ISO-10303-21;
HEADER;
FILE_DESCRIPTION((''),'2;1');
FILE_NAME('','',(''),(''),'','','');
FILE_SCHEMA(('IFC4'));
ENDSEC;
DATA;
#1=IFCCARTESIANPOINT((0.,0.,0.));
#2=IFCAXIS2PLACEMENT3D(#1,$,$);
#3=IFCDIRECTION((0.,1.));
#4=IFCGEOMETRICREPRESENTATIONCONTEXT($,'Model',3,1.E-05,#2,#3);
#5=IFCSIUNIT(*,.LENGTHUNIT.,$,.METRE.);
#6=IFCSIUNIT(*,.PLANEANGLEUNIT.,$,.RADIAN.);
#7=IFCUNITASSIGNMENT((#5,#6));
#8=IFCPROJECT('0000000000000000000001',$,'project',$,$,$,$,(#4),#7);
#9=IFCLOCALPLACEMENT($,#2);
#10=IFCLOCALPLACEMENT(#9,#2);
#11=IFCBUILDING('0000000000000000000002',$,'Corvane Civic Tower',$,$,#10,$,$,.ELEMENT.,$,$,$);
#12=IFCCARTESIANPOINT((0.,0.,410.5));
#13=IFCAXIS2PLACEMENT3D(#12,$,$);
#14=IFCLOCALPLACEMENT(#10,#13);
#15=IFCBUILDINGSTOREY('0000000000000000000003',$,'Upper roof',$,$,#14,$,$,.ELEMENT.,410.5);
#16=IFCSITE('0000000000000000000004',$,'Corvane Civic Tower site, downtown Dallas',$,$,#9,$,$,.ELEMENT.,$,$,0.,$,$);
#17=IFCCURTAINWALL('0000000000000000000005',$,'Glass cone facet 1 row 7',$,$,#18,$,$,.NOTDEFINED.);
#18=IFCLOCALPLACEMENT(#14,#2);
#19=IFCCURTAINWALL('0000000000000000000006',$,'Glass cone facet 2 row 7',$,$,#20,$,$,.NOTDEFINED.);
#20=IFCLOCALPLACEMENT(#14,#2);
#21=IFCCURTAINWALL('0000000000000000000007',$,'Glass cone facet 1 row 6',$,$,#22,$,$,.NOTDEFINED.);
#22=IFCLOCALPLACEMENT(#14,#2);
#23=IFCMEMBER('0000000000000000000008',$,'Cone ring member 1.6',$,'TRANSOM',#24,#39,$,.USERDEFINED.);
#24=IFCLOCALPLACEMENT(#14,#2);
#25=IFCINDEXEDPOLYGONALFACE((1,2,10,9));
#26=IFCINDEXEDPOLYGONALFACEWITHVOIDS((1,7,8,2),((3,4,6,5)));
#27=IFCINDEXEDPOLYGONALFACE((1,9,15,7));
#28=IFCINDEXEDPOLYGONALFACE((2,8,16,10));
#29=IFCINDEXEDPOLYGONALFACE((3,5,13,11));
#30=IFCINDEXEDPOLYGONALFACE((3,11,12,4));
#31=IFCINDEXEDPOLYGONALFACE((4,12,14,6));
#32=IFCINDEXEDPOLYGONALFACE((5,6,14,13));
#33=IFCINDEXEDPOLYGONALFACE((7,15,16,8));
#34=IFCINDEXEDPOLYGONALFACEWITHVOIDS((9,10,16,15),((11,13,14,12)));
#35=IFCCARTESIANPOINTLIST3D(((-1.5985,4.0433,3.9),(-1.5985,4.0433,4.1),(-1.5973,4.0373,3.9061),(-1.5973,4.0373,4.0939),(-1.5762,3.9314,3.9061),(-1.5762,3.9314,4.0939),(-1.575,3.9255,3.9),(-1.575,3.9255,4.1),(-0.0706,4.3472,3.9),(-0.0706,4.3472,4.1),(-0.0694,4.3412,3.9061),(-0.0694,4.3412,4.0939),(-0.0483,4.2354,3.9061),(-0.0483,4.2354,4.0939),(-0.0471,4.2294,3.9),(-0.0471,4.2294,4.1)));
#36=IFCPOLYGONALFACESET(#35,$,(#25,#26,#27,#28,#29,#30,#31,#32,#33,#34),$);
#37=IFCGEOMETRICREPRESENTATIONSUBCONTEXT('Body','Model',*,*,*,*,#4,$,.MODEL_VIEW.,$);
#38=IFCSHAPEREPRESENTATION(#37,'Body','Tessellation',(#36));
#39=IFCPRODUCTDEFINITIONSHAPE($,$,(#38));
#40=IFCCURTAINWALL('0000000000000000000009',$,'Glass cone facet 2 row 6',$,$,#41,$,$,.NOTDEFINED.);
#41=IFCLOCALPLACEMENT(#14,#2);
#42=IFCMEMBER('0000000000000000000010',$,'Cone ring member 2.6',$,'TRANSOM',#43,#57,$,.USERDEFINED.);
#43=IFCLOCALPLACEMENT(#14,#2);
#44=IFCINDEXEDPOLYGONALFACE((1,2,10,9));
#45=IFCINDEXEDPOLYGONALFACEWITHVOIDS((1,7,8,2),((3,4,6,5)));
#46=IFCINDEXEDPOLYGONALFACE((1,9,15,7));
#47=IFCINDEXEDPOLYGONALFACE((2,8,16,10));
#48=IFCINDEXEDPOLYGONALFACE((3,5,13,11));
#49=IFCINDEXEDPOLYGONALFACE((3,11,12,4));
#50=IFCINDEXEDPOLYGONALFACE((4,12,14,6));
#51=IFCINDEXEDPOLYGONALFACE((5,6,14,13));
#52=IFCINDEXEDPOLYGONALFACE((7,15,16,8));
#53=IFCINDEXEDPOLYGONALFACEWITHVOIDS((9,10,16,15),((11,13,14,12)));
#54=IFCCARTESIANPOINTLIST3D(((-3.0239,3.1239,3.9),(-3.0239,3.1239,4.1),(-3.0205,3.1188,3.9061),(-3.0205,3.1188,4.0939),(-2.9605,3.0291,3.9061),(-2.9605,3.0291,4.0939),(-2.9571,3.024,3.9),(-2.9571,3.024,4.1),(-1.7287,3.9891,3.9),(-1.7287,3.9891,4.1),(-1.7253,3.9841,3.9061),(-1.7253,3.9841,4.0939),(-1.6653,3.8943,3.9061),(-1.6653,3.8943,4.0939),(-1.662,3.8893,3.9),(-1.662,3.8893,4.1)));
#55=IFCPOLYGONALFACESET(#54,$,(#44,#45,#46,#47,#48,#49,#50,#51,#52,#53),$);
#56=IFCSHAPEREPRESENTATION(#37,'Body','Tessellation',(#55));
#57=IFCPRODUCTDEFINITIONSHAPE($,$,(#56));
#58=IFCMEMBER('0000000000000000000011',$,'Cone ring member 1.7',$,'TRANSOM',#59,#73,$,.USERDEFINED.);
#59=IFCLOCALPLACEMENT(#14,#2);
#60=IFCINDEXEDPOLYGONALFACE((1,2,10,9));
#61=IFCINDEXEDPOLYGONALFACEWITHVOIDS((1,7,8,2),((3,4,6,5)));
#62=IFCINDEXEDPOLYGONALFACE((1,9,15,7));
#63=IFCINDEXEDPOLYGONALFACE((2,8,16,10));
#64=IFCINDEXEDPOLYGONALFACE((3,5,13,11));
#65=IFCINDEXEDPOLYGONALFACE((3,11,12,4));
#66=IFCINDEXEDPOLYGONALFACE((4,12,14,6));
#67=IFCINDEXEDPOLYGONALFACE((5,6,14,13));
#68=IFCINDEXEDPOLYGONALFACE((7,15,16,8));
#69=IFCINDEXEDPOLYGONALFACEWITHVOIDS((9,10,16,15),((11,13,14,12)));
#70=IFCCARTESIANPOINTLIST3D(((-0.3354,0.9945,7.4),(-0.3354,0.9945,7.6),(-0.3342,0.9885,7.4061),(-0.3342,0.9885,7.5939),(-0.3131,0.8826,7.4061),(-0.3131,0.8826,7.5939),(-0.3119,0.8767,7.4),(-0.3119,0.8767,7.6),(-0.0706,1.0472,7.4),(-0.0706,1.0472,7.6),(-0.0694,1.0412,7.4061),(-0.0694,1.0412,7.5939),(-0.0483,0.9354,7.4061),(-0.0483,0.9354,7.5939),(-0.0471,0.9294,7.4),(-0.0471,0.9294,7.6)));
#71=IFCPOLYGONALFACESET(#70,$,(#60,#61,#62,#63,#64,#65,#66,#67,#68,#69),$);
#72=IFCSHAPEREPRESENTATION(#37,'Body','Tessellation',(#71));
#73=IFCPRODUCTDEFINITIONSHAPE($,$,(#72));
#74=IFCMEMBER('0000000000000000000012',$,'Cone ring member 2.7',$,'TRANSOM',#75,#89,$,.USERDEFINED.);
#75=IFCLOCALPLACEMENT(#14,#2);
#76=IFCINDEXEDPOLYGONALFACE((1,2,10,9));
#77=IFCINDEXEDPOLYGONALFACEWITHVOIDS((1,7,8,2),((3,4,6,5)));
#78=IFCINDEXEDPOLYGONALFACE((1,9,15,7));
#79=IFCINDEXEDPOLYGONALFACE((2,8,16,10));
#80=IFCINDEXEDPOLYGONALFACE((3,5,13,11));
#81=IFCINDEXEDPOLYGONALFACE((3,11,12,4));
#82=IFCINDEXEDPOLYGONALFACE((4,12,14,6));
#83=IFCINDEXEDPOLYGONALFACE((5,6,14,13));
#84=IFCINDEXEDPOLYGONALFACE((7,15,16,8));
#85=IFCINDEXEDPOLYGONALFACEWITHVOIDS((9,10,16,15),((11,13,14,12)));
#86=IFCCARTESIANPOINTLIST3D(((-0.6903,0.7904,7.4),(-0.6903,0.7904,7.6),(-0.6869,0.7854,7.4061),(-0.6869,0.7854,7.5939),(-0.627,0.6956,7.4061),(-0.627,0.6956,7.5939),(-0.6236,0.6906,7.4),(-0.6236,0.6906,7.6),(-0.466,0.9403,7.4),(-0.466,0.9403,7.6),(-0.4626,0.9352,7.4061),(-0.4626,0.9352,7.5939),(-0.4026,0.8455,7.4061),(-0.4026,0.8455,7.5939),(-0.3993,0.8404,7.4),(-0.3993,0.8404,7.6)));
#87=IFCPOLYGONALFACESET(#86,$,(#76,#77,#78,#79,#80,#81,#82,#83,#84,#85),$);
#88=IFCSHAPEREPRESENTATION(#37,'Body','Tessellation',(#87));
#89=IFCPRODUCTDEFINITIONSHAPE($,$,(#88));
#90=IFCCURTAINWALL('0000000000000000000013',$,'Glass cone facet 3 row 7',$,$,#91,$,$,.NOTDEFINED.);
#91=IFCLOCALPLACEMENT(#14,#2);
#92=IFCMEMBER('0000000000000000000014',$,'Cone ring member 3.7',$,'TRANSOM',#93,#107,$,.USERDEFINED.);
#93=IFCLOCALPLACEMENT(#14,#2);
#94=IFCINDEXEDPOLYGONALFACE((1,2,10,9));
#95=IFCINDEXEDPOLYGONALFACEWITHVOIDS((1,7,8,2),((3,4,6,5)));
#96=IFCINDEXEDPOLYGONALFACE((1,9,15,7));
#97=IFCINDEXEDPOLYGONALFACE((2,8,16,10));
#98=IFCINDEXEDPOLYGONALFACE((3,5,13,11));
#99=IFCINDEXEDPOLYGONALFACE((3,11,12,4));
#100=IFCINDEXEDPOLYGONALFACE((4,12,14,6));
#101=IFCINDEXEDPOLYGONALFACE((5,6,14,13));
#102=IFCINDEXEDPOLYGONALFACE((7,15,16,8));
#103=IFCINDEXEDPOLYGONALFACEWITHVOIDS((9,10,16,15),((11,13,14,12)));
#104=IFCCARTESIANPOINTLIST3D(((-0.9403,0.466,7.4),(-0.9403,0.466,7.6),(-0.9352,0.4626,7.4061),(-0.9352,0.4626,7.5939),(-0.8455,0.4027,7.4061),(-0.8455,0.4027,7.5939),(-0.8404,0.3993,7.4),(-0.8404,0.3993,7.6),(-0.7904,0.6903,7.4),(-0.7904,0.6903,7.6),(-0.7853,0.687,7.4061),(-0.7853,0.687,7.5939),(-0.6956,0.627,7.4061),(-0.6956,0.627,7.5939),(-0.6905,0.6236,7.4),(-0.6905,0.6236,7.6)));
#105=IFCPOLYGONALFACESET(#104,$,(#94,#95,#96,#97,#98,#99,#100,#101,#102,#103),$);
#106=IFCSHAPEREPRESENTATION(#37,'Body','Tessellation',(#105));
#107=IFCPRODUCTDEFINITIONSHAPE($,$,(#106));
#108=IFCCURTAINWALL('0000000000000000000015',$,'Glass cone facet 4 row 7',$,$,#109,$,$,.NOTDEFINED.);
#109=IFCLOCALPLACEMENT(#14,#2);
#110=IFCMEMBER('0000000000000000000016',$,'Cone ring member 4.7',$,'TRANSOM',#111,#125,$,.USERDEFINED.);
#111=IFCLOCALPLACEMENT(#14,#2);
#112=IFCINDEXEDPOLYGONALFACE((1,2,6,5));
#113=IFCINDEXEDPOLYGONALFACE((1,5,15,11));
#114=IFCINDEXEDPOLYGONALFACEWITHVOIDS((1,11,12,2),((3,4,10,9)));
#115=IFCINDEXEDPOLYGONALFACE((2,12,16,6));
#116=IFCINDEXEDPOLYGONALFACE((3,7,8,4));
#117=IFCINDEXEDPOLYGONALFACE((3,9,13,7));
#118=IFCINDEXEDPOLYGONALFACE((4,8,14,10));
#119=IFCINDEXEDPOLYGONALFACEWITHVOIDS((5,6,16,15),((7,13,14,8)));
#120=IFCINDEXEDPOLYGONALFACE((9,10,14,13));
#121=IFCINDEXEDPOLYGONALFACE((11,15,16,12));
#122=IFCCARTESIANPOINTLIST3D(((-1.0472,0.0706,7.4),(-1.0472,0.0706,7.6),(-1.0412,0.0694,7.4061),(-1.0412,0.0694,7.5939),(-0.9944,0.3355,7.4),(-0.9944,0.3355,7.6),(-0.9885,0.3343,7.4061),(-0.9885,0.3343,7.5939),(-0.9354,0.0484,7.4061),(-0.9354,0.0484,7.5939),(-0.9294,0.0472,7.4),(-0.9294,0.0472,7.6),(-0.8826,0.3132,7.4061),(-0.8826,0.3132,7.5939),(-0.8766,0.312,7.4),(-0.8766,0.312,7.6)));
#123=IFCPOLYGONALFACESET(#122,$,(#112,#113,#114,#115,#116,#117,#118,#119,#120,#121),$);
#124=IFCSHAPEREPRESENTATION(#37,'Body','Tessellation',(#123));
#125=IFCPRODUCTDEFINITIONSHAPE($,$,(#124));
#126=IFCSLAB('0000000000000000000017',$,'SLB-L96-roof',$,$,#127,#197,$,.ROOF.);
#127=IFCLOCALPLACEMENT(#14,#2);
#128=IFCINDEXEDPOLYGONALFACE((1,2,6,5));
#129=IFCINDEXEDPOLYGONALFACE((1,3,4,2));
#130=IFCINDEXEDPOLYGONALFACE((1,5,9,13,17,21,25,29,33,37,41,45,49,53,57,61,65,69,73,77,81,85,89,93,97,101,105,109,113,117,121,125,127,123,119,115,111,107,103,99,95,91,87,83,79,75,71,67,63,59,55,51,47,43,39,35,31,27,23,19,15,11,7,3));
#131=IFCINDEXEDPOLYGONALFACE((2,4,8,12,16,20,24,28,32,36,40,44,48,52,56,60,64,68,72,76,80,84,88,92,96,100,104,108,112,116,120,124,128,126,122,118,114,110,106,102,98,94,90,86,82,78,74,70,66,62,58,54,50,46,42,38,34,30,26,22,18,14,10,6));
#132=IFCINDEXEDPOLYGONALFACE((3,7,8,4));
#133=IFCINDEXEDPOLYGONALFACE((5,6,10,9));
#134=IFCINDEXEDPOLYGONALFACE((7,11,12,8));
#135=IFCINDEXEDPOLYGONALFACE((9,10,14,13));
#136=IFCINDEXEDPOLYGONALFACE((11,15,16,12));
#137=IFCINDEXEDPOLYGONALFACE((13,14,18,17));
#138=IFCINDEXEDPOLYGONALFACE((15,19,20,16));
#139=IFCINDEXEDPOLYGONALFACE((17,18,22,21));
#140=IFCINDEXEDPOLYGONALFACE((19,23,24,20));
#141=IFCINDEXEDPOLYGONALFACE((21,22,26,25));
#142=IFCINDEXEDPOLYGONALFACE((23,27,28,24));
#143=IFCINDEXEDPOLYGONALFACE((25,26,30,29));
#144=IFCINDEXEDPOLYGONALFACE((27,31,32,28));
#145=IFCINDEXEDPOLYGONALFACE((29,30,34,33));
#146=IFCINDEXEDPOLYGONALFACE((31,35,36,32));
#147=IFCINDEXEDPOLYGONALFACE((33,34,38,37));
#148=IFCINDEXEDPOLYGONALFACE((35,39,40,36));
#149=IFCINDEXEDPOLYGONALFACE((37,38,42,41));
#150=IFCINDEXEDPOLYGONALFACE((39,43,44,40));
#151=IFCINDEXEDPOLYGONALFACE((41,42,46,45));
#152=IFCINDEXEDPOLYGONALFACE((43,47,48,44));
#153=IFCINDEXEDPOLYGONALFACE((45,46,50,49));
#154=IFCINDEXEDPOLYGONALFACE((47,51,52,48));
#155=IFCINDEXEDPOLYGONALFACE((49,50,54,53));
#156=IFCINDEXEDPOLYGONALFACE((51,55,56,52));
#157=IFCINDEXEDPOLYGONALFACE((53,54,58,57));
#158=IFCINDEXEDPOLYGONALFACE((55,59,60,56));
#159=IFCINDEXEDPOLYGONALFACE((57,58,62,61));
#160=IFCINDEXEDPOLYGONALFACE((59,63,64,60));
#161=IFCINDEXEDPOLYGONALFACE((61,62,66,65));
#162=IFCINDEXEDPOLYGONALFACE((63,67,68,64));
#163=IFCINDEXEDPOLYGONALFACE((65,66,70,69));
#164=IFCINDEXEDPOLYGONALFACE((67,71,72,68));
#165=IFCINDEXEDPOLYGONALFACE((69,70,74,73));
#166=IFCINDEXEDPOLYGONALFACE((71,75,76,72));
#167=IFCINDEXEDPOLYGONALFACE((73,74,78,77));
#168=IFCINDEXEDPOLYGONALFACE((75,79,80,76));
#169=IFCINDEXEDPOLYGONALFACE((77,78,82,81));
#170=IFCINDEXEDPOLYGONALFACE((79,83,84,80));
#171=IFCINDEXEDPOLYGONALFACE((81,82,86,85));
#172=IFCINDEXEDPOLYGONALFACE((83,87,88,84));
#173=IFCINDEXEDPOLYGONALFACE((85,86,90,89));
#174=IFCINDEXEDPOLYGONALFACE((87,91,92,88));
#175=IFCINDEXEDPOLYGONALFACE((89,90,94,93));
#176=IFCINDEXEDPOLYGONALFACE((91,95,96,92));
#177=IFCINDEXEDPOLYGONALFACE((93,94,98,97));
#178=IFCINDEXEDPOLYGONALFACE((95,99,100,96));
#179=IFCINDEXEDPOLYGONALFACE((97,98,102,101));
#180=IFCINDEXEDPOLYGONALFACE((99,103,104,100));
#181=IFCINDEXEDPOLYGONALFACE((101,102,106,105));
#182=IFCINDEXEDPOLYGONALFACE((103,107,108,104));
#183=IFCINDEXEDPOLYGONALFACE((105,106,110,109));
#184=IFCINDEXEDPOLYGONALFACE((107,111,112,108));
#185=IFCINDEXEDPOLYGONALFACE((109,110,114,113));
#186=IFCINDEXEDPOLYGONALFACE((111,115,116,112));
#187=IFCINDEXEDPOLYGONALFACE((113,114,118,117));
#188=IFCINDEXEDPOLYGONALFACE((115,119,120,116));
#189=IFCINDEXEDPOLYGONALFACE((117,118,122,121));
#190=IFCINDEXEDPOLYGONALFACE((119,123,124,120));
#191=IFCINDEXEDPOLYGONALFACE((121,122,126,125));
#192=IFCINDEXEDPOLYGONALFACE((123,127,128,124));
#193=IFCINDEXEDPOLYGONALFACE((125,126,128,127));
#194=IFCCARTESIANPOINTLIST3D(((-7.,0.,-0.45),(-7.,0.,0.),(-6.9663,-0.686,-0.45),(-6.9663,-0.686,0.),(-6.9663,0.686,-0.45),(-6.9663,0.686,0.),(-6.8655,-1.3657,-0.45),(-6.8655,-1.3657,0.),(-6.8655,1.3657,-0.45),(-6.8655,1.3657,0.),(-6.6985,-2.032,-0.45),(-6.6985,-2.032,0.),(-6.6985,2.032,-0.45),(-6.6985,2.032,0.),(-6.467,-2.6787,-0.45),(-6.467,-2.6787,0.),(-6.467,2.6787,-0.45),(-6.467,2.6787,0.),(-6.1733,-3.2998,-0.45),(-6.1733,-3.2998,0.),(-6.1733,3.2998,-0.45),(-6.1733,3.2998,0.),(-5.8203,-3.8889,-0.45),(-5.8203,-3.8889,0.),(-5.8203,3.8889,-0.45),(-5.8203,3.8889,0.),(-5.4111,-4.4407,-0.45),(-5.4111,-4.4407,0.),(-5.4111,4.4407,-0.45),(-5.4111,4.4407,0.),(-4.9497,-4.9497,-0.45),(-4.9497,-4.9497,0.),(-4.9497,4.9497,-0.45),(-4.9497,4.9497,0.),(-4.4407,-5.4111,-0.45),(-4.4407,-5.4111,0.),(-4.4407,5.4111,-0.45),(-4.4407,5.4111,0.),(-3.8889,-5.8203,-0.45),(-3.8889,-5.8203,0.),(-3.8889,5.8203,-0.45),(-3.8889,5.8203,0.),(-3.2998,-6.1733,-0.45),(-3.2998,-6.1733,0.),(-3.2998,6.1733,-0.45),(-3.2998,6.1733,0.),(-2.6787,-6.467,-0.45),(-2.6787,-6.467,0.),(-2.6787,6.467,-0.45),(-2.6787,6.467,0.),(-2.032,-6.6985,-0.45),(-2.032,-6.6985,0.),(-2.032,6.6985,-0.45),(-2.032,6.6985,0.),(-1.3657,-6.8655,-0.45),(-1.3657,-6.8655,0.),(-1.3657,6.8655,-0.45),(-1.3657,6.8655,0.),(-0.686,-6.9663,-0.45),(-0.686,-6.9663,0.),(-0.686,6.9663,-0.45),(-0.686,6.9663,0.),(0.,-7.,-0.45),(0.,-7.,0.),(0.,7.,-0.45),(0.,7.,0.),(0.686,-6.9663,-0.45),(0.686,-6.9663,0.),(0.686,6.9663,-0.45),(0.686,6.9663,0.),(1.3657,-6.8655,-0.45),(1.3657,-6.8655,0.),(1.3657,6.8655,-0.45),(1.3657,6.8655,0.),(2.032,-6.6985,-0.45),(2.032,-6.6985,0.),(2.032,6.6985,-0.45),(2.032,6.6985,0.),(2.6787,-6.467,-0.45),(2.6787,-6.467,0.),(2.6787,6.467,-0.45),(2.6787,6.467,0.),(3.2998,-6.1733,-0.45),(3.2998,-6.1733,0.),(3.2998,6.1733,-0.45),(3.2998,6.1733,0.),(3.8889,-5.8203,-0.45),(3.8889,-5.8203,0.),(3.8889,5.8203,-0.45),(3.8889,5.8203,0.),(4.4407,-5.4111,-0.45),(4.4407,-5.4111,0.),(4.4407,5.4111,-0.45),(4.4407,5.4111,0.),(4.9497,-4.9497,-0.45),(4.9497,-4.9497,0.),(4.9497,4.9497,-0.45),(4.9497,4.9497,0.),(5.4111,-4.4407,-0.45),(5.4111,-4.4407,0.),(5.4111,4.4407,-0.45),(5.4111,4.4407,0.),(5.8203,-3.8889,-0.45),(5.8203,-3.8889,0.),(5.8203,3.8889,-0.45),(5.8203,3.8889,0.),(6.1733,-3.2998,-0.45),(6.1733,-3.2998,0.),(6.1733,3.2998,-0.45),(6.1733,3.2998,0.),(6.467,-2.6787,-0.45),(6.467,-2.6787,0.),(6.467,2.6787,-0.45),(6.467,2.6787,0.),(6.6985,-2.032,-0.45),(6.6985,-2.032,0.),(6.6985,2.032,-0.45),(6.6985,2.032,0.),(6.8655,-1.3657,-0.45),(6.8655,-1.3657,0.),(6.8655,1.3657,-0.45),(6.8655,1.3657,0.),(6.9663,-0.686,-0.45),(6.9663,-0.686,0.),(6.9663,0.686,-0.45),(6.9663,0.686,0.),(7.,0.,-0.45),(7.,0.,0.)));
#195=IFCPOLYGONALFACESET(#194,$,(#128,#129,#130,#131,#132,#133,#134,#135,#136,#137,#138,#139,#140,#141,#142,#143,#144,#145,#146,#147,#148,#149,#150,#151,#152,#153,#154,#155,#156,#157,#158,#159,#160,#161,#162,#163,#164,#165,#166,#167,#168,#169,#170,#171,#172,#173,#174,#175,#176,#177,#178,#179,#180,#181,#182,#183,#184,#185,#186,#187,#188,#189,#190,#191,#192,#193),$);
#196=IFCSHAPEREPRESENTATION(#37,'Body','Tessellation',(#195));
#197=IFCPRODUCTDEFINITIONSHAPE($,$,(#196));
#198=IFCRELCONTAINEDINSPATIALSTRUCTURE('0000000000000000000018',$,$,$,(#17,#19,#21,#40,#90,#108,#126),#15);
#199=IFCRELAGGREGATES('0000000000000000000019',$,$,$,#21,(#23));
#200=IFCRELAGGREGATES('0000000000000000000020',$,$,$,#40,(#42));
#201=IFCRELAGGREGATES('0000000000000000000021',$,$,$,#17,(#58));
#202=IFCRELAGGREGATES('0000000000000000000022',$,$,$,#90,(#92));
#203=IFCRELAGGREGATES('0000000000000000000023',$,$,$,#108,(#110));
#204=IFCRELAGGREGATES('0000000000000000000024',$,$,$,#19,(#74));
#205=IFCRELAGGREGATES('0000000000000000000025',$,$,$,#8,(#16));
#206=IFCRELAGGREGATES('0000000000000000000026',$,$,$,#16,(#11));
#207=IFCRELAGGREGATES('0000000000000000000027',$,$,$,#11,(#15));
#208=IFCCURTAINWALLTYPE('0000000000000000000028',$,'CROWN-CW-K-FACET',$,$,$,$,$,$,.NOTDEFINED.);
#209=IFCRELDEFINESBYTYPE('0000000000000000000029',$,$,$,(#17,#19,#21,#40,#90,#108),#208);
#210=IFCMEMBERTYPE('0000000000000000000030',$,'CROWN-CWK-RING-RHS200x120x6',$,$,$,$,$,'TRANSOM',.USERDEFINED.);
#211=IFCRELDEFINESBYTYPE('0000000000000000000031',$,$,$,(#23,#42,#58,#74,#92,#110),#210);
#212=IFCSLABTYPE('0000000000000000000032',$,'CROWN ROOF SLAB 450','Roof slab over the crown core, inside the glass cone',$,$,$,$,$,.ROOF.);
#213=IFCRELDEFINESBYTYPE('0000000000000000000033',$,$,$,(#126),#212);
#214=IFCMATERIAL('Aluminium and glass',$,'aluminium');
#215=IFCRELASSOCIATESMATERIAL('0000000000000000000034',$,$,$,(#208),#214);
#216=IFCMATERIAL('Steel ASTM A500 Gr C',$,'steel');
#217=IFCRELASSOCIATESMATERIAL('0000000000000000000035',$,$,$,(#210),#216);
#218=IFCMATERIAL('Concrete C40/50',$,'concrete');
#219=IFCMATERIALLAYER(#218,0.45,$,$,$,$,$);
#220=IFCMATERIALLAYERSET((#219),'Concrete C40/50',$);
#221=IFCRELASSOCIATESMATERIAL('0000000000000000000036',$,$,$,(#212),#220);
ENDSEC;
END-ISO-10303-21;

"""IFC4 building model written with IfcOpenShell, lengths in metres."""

from ifc_helpers import new_model, si_unit, direction, frame, origin, origin_2d, place, context, subcontext, project, spatial, polyline, hollow_rectangle, outline, extrude, material, layer, layer_set, material_profile, profile_set, type_object, element, aggregate, save


model = new_model("IFC4")

# Units and contexts
model_context = context("Model", 3, precision=1e-05, world=origin(), true_north=direction((0.0, 1.0)))
body_context = subcontext(model_context, "Body", "Model", "MODEL_VIEW")
ifc_project = project(units=[si_unit("LENGTHUNIT", "METRE"), si_unit("PLANEANGLEUNIT", "RADIAN")], contexts=[model_context])

# Site, building, storey
site_placement = place(None, origin())
site = spatial("IfcSite", under=ifc_project, at=site_placement, Name="Corvane Civic Tower site, downtown Dallas", CompositionType="ELEMENT", RefElevation=0.0)
building_placement = place(site_placement, origin())
building = spatial("IfcBuilding", under=site, at=building_placement, Name="Corvane Civic Tower", CompositionType="ELEMENT")
storey_placement = place(building_placement, frame((0.0, 0.0, 410.5)))
storey = spatial("IfcBuildingStorey", under=building, at=storey_placement, Name="Upper roof", CompositionType="ELEMENT", Elevation=410.5)

# Curtain walls
ifc_material_1 = material(Name="Aluminium and glass", Category="aluminium")
curtain_wall_type = type_object("IfcCurtainWallType", Name="CROWN-CW-K-FACET", PredefinedType="NOTDEFINED", material=ifc_material_1)
curtain_wall_1_placement = place(storey_placement, origin())
curtain_wall_1 = element("IfcCurtainWall", 1, at=curtain_wall_1_placement, inside=storey, type_object=curtain_wall_type, Name="Glass cone facet 1 row 7", PredefinedType="NOTDEFINED")
curtain_wall_2_placement = place(storey_placement, origin())
curtain_wall_2 = element("IfcCurtainWall", 2, at=curtain_wall_2_placement, inside=storey, type_object=curtain_wall_type, Name="Glass cone facet 2 row 7", PredefinedType="NOTDEFINED")

# Curtain wall
curtain_wall_3_placement = place(storey_placement, origin())
curtain_wall_3 = element("IfcCurtainWall", 3, at=curtain_wall_3_placement, inside=storey, type_object=curtain_wall_type, Name="Glass cone facet 1 row 6", PredefinedType="NOTDEFINED")

# Member
ifc_material_2 = material(Name="Steel ASTM A500 Gr C", Category="steel")
ifc_material_profile_1 = material_profile(ifc_material_2, hollow_rectangle(XDim=0.1201, YDim=0.2, WallThickness=0.0061, at=origin_2d()), Name="RHS 200x120x6")
ifc_profile_set_1 = profile_set([ifc_material_profile_1], Name="Steel ASTM A500 Gr C")
member_type_1 = type_object("IfcMemberType", Name="CROWN-CWK-RING-RHS200x120x6", ElementType="TRANSOM", PredefinedType="USERDEFINED", material=ifc_profile_set_1)
member_1_placement = place(storey_placement, frame((-0.0588, 4.2883, 4.0), z_axis=(-0.980779, -0.195121, 0.0), x_axis=(0.195121, -0.980779, 0.0)))
member_1 = element("IfcMember", 4, at=member_1_placement, type_object=member_type_1, Name="Cone ring member 1.6", ObjectType="TRANSOM", PredefinedType="USERDEFINED", context=body_context, shape_type="SweptSolid", body=[
    extrude(hollow_rectangle(XDim=0.1201, YDim=0.2, WallThickness=0.0061, at=origin_2d()), origin(), (0.0, 0.0, 1.0), 1.5579),
])
aggregate(curtain_wall_3, [member_1])

# Curtain wall, member
curtain_wall_4_placement = place(storey_placement, origin())
curtain_wall_4 = element("IfcCurtainWall", 5, at=curtain_wall_4_placement, inside=storey, type_object=curtain_wall_type, Name="Glass cone facet 2 row 6", PredefinedType="NOTDEFINED")
member_2_placement = place(storey_placement, frame((-1.6953, 3.9392, 4.0), z_axis=(-0.831519, -0.555496, 0.0), x_axis=(0.555496, -0.831519, 0.0)))
member_2 = element("IfcMember", 6, at=member_2_placement, type_object=member_type_1, Name="Cone ring member 2.6", ObjectType="TRANSOM", PredefinedType="USERDEFINED", context=body_context, shape_type="SweptSolid", body=[
    extrude(hollow_rectangle(XDim=0.1201, YDim=0.2, WallThickness=0.0061, at=origin_2d()), origin(), (0.0, 0.0, 1.0), 1.5576),
])
aggregate(curtain_wall_4, [member_2])

# Members
member_3_placement = place(storey_placement, frame((-0.0588, 0.9883, 7.5), z_axis=(-0.980754, -0.195247, 0.0), x_axis=(0.195247, -0.980754, 0.0)))
member_3 = element("IfcMember", 7, at=member_3_placement, type_object=member_type_1, Name="Cone ring member 1.7", ObjectType="TRANSOM", PredefinedType="USERDEFINED", context=body_context, shape_type="SweptSolid", body=[
    extrude(hollow_rectangle(XDim=0.1201, YDim=0.2, WallThickness=0.0061, at=origin_2d()), origin(), (0.0, 0.0, 1.0), 0.27),
])
aggregate(curtain_wall_1, [member_3])
member_4_placement = place(storey_placement, frame((-0.4326, 0.8904, 7.5), z_axis=(-0.831493, -0.555535, 0.0), x_axis=(0.555535, -0.831493, 0.0)))
member_4 = element("IfcMember", 8, at=member_4_placement, type_object=member_type_1, Name="Cone ring member 2.7", ObjectType="TRANSOM", PredefinedType="USERDEFINED", context=body_context, shape_type="SweptSolid", body=[
    extrude(hollow_rectangle(XDim=0.1201, YDim=0.2, WallThickness=0.0061, at=origin_2d()), origin(), (0.0, 0.0, 1.0), 0.2698),
])

# Curtain walls, members
curtain_wall_5_placement = place(storey_placement, origin())
curtain_wall_5 = element("IfcCurtainWall", 9, at=curtain_wall_5_placement, inside=storey, type_object=curtain_wall_type, Name="Glass cone facet 3 row 7", PredefinedType="NOTDEFINED")
member_5_placement = place(storey_placement, frame((-0.7405, 0.657, 7.5), z_axis=(-0.555535, -0.831493, 0.0), x_axis=(0.831493, -0.555535, 0.0)))
member_5 = element("IfcMember", 10, at=member_5_placement, type_object=member_type_1, Name="Cone ring member 3.7", ObjectType="TRANSOM", PredefinedType="USERDEFINED", context=body_context, shape_type="SweptSolid", body=[
    extrude(hollow_rectangle(XDim=0.1201, YDim=0.2, WallThickness=0.0061, at=origin_2d()), origin(), (0.0, 0.0, 1.0), 0.2698),
])
aggregate(curtain_wall_5, [member_5])
curtain_wall_6_placement = place(storey_placement, origin())
curtain_wall_6 = element("IfcCurtainWall", 11, at=curtain_wall_6_placement, inside=storey, type_object=curtain_wall_type, Name="Glass cone facet 4 row 7", PredefinedType="NOTDEFINED")
member_6_placement = place(storey_placement, frame((-0.9355, 0.3237, 7.5), z_axis=(-0.195247, -0.980754, 0.0), x_axis=(0.980754, -0.195247, 0.0)))
member_6 = element("IfcMember", 12, at=member_6_placement, type_object=member_type_1, Name="Cone ring member 4.7", ObjectType="TRANSOM", PredefinedType="USERDEFINED", context=body_context, shape_type="SweptSolid", body=[
    extrude(hollow_rectangle(XDim=0.1201, YDim=0.2, WallThickness=0.0061, at=origin_2d()), origin(), (0.0, 0.0, 1.0), 0.27),
])
aggregate(curtain_wall_6, [member_6])

# Slab
ifc_material_3 = material(Name="Concrete C40/50", Category="concrete")
ifc_layer_1 = layer(ifc_material_3, 0.45)
ifc_layer_set_1 = layer_set([ifc_layer_1], Name="Concrete C40/50")
slab_type = type_object("IfcSlabType", Name="CROWN ROOF SLAB 450", Description="Roof slab over the crown core, inside the glass cone", PredefinedType="ROOF", material=ifc_layer_set_1)
slab_placement = place(storey_placement, frame((0.0, 0.0, -0.45)))
element("IfcSlab", 13, at=slab_placement, inside=storey, type_object=slab_type, Name="SLB-L96-roof", PredefinedType="ROOF", context=body_context, shape_type="SweptSolid", body=[
    extrude(outline(polyline([(0.0, 7.0), (-0.686, 6.9663), (-1.3657, 6.8655), (-2.032, 6.6985), (-2.6787, 6.467), (-3.2998, 6.1733), (-3.8889, 5.8203), (-4.4407, 5.4111), (-4.9497, 4.9497), (-5.4111, 4.4407), (-5.8203, 3.8889), (-6.1733, 3.2998), (-6.467, 2.6787), (-6.6985, 2.032), (-6.8655, 1.3657), (-6.9663, 0.686), (-7.0, 0.0), (-6.9663, -0.686), (-6.8655, -1.3657), (-6.6985, -2.032), (-6.467, -2.6787), (-6.1733, -3.2998), (-5.8203, -3.8889), (-5.4111, -4.4407), (-4.9497, -4.9497), (-4.4407, -5.4111), (-3.8889, -5.8203), (-3.2998, -6.1733), (-2.6787, -6.467), (-2.032, -6.6985), (-1.3657, -6.8655), (-0.686, -6.9663), (0.0, -7.0), (0.686, -6.9663), (1.3657, -6.8655), (2.032, -6.6985), (2.6787, -6.467), (3.2998, -6.1733), (3.8889, -5.8203), (4.4407, -5.4111), (4.9497, -4.9497), (5.4111, -4.4407), (5.8203, -3.8889), (6.1733, -3.2998), (6.467, -2.6787), (6.6985, -2.032), (6.8655, -1.3657), (6.9663, -0.686), (7.0, 0.0), (6.9663, 0.686), (6.8655, 1.3657), (6.6985, 2.032), (6.467, 2.6787), (6.1733, 3.2998), (5.8203, 3.8889), (5.4111, 4.4407), (4.9497, 4.9497), (4.4407, 5.4111), (3.8889, 5.8203), (3.2998, 6.1733), (2.6787, 6.467), (2.032, 6.6985), (1.3657, 6.8655), (0.686, 6.9663), (0.0, 7.0)])), origin(), (0.0, 0.0, 1.0), 0.45),
])

aggregate(curtain_wall_2, [member_4])

save(model, "model.ifc")
